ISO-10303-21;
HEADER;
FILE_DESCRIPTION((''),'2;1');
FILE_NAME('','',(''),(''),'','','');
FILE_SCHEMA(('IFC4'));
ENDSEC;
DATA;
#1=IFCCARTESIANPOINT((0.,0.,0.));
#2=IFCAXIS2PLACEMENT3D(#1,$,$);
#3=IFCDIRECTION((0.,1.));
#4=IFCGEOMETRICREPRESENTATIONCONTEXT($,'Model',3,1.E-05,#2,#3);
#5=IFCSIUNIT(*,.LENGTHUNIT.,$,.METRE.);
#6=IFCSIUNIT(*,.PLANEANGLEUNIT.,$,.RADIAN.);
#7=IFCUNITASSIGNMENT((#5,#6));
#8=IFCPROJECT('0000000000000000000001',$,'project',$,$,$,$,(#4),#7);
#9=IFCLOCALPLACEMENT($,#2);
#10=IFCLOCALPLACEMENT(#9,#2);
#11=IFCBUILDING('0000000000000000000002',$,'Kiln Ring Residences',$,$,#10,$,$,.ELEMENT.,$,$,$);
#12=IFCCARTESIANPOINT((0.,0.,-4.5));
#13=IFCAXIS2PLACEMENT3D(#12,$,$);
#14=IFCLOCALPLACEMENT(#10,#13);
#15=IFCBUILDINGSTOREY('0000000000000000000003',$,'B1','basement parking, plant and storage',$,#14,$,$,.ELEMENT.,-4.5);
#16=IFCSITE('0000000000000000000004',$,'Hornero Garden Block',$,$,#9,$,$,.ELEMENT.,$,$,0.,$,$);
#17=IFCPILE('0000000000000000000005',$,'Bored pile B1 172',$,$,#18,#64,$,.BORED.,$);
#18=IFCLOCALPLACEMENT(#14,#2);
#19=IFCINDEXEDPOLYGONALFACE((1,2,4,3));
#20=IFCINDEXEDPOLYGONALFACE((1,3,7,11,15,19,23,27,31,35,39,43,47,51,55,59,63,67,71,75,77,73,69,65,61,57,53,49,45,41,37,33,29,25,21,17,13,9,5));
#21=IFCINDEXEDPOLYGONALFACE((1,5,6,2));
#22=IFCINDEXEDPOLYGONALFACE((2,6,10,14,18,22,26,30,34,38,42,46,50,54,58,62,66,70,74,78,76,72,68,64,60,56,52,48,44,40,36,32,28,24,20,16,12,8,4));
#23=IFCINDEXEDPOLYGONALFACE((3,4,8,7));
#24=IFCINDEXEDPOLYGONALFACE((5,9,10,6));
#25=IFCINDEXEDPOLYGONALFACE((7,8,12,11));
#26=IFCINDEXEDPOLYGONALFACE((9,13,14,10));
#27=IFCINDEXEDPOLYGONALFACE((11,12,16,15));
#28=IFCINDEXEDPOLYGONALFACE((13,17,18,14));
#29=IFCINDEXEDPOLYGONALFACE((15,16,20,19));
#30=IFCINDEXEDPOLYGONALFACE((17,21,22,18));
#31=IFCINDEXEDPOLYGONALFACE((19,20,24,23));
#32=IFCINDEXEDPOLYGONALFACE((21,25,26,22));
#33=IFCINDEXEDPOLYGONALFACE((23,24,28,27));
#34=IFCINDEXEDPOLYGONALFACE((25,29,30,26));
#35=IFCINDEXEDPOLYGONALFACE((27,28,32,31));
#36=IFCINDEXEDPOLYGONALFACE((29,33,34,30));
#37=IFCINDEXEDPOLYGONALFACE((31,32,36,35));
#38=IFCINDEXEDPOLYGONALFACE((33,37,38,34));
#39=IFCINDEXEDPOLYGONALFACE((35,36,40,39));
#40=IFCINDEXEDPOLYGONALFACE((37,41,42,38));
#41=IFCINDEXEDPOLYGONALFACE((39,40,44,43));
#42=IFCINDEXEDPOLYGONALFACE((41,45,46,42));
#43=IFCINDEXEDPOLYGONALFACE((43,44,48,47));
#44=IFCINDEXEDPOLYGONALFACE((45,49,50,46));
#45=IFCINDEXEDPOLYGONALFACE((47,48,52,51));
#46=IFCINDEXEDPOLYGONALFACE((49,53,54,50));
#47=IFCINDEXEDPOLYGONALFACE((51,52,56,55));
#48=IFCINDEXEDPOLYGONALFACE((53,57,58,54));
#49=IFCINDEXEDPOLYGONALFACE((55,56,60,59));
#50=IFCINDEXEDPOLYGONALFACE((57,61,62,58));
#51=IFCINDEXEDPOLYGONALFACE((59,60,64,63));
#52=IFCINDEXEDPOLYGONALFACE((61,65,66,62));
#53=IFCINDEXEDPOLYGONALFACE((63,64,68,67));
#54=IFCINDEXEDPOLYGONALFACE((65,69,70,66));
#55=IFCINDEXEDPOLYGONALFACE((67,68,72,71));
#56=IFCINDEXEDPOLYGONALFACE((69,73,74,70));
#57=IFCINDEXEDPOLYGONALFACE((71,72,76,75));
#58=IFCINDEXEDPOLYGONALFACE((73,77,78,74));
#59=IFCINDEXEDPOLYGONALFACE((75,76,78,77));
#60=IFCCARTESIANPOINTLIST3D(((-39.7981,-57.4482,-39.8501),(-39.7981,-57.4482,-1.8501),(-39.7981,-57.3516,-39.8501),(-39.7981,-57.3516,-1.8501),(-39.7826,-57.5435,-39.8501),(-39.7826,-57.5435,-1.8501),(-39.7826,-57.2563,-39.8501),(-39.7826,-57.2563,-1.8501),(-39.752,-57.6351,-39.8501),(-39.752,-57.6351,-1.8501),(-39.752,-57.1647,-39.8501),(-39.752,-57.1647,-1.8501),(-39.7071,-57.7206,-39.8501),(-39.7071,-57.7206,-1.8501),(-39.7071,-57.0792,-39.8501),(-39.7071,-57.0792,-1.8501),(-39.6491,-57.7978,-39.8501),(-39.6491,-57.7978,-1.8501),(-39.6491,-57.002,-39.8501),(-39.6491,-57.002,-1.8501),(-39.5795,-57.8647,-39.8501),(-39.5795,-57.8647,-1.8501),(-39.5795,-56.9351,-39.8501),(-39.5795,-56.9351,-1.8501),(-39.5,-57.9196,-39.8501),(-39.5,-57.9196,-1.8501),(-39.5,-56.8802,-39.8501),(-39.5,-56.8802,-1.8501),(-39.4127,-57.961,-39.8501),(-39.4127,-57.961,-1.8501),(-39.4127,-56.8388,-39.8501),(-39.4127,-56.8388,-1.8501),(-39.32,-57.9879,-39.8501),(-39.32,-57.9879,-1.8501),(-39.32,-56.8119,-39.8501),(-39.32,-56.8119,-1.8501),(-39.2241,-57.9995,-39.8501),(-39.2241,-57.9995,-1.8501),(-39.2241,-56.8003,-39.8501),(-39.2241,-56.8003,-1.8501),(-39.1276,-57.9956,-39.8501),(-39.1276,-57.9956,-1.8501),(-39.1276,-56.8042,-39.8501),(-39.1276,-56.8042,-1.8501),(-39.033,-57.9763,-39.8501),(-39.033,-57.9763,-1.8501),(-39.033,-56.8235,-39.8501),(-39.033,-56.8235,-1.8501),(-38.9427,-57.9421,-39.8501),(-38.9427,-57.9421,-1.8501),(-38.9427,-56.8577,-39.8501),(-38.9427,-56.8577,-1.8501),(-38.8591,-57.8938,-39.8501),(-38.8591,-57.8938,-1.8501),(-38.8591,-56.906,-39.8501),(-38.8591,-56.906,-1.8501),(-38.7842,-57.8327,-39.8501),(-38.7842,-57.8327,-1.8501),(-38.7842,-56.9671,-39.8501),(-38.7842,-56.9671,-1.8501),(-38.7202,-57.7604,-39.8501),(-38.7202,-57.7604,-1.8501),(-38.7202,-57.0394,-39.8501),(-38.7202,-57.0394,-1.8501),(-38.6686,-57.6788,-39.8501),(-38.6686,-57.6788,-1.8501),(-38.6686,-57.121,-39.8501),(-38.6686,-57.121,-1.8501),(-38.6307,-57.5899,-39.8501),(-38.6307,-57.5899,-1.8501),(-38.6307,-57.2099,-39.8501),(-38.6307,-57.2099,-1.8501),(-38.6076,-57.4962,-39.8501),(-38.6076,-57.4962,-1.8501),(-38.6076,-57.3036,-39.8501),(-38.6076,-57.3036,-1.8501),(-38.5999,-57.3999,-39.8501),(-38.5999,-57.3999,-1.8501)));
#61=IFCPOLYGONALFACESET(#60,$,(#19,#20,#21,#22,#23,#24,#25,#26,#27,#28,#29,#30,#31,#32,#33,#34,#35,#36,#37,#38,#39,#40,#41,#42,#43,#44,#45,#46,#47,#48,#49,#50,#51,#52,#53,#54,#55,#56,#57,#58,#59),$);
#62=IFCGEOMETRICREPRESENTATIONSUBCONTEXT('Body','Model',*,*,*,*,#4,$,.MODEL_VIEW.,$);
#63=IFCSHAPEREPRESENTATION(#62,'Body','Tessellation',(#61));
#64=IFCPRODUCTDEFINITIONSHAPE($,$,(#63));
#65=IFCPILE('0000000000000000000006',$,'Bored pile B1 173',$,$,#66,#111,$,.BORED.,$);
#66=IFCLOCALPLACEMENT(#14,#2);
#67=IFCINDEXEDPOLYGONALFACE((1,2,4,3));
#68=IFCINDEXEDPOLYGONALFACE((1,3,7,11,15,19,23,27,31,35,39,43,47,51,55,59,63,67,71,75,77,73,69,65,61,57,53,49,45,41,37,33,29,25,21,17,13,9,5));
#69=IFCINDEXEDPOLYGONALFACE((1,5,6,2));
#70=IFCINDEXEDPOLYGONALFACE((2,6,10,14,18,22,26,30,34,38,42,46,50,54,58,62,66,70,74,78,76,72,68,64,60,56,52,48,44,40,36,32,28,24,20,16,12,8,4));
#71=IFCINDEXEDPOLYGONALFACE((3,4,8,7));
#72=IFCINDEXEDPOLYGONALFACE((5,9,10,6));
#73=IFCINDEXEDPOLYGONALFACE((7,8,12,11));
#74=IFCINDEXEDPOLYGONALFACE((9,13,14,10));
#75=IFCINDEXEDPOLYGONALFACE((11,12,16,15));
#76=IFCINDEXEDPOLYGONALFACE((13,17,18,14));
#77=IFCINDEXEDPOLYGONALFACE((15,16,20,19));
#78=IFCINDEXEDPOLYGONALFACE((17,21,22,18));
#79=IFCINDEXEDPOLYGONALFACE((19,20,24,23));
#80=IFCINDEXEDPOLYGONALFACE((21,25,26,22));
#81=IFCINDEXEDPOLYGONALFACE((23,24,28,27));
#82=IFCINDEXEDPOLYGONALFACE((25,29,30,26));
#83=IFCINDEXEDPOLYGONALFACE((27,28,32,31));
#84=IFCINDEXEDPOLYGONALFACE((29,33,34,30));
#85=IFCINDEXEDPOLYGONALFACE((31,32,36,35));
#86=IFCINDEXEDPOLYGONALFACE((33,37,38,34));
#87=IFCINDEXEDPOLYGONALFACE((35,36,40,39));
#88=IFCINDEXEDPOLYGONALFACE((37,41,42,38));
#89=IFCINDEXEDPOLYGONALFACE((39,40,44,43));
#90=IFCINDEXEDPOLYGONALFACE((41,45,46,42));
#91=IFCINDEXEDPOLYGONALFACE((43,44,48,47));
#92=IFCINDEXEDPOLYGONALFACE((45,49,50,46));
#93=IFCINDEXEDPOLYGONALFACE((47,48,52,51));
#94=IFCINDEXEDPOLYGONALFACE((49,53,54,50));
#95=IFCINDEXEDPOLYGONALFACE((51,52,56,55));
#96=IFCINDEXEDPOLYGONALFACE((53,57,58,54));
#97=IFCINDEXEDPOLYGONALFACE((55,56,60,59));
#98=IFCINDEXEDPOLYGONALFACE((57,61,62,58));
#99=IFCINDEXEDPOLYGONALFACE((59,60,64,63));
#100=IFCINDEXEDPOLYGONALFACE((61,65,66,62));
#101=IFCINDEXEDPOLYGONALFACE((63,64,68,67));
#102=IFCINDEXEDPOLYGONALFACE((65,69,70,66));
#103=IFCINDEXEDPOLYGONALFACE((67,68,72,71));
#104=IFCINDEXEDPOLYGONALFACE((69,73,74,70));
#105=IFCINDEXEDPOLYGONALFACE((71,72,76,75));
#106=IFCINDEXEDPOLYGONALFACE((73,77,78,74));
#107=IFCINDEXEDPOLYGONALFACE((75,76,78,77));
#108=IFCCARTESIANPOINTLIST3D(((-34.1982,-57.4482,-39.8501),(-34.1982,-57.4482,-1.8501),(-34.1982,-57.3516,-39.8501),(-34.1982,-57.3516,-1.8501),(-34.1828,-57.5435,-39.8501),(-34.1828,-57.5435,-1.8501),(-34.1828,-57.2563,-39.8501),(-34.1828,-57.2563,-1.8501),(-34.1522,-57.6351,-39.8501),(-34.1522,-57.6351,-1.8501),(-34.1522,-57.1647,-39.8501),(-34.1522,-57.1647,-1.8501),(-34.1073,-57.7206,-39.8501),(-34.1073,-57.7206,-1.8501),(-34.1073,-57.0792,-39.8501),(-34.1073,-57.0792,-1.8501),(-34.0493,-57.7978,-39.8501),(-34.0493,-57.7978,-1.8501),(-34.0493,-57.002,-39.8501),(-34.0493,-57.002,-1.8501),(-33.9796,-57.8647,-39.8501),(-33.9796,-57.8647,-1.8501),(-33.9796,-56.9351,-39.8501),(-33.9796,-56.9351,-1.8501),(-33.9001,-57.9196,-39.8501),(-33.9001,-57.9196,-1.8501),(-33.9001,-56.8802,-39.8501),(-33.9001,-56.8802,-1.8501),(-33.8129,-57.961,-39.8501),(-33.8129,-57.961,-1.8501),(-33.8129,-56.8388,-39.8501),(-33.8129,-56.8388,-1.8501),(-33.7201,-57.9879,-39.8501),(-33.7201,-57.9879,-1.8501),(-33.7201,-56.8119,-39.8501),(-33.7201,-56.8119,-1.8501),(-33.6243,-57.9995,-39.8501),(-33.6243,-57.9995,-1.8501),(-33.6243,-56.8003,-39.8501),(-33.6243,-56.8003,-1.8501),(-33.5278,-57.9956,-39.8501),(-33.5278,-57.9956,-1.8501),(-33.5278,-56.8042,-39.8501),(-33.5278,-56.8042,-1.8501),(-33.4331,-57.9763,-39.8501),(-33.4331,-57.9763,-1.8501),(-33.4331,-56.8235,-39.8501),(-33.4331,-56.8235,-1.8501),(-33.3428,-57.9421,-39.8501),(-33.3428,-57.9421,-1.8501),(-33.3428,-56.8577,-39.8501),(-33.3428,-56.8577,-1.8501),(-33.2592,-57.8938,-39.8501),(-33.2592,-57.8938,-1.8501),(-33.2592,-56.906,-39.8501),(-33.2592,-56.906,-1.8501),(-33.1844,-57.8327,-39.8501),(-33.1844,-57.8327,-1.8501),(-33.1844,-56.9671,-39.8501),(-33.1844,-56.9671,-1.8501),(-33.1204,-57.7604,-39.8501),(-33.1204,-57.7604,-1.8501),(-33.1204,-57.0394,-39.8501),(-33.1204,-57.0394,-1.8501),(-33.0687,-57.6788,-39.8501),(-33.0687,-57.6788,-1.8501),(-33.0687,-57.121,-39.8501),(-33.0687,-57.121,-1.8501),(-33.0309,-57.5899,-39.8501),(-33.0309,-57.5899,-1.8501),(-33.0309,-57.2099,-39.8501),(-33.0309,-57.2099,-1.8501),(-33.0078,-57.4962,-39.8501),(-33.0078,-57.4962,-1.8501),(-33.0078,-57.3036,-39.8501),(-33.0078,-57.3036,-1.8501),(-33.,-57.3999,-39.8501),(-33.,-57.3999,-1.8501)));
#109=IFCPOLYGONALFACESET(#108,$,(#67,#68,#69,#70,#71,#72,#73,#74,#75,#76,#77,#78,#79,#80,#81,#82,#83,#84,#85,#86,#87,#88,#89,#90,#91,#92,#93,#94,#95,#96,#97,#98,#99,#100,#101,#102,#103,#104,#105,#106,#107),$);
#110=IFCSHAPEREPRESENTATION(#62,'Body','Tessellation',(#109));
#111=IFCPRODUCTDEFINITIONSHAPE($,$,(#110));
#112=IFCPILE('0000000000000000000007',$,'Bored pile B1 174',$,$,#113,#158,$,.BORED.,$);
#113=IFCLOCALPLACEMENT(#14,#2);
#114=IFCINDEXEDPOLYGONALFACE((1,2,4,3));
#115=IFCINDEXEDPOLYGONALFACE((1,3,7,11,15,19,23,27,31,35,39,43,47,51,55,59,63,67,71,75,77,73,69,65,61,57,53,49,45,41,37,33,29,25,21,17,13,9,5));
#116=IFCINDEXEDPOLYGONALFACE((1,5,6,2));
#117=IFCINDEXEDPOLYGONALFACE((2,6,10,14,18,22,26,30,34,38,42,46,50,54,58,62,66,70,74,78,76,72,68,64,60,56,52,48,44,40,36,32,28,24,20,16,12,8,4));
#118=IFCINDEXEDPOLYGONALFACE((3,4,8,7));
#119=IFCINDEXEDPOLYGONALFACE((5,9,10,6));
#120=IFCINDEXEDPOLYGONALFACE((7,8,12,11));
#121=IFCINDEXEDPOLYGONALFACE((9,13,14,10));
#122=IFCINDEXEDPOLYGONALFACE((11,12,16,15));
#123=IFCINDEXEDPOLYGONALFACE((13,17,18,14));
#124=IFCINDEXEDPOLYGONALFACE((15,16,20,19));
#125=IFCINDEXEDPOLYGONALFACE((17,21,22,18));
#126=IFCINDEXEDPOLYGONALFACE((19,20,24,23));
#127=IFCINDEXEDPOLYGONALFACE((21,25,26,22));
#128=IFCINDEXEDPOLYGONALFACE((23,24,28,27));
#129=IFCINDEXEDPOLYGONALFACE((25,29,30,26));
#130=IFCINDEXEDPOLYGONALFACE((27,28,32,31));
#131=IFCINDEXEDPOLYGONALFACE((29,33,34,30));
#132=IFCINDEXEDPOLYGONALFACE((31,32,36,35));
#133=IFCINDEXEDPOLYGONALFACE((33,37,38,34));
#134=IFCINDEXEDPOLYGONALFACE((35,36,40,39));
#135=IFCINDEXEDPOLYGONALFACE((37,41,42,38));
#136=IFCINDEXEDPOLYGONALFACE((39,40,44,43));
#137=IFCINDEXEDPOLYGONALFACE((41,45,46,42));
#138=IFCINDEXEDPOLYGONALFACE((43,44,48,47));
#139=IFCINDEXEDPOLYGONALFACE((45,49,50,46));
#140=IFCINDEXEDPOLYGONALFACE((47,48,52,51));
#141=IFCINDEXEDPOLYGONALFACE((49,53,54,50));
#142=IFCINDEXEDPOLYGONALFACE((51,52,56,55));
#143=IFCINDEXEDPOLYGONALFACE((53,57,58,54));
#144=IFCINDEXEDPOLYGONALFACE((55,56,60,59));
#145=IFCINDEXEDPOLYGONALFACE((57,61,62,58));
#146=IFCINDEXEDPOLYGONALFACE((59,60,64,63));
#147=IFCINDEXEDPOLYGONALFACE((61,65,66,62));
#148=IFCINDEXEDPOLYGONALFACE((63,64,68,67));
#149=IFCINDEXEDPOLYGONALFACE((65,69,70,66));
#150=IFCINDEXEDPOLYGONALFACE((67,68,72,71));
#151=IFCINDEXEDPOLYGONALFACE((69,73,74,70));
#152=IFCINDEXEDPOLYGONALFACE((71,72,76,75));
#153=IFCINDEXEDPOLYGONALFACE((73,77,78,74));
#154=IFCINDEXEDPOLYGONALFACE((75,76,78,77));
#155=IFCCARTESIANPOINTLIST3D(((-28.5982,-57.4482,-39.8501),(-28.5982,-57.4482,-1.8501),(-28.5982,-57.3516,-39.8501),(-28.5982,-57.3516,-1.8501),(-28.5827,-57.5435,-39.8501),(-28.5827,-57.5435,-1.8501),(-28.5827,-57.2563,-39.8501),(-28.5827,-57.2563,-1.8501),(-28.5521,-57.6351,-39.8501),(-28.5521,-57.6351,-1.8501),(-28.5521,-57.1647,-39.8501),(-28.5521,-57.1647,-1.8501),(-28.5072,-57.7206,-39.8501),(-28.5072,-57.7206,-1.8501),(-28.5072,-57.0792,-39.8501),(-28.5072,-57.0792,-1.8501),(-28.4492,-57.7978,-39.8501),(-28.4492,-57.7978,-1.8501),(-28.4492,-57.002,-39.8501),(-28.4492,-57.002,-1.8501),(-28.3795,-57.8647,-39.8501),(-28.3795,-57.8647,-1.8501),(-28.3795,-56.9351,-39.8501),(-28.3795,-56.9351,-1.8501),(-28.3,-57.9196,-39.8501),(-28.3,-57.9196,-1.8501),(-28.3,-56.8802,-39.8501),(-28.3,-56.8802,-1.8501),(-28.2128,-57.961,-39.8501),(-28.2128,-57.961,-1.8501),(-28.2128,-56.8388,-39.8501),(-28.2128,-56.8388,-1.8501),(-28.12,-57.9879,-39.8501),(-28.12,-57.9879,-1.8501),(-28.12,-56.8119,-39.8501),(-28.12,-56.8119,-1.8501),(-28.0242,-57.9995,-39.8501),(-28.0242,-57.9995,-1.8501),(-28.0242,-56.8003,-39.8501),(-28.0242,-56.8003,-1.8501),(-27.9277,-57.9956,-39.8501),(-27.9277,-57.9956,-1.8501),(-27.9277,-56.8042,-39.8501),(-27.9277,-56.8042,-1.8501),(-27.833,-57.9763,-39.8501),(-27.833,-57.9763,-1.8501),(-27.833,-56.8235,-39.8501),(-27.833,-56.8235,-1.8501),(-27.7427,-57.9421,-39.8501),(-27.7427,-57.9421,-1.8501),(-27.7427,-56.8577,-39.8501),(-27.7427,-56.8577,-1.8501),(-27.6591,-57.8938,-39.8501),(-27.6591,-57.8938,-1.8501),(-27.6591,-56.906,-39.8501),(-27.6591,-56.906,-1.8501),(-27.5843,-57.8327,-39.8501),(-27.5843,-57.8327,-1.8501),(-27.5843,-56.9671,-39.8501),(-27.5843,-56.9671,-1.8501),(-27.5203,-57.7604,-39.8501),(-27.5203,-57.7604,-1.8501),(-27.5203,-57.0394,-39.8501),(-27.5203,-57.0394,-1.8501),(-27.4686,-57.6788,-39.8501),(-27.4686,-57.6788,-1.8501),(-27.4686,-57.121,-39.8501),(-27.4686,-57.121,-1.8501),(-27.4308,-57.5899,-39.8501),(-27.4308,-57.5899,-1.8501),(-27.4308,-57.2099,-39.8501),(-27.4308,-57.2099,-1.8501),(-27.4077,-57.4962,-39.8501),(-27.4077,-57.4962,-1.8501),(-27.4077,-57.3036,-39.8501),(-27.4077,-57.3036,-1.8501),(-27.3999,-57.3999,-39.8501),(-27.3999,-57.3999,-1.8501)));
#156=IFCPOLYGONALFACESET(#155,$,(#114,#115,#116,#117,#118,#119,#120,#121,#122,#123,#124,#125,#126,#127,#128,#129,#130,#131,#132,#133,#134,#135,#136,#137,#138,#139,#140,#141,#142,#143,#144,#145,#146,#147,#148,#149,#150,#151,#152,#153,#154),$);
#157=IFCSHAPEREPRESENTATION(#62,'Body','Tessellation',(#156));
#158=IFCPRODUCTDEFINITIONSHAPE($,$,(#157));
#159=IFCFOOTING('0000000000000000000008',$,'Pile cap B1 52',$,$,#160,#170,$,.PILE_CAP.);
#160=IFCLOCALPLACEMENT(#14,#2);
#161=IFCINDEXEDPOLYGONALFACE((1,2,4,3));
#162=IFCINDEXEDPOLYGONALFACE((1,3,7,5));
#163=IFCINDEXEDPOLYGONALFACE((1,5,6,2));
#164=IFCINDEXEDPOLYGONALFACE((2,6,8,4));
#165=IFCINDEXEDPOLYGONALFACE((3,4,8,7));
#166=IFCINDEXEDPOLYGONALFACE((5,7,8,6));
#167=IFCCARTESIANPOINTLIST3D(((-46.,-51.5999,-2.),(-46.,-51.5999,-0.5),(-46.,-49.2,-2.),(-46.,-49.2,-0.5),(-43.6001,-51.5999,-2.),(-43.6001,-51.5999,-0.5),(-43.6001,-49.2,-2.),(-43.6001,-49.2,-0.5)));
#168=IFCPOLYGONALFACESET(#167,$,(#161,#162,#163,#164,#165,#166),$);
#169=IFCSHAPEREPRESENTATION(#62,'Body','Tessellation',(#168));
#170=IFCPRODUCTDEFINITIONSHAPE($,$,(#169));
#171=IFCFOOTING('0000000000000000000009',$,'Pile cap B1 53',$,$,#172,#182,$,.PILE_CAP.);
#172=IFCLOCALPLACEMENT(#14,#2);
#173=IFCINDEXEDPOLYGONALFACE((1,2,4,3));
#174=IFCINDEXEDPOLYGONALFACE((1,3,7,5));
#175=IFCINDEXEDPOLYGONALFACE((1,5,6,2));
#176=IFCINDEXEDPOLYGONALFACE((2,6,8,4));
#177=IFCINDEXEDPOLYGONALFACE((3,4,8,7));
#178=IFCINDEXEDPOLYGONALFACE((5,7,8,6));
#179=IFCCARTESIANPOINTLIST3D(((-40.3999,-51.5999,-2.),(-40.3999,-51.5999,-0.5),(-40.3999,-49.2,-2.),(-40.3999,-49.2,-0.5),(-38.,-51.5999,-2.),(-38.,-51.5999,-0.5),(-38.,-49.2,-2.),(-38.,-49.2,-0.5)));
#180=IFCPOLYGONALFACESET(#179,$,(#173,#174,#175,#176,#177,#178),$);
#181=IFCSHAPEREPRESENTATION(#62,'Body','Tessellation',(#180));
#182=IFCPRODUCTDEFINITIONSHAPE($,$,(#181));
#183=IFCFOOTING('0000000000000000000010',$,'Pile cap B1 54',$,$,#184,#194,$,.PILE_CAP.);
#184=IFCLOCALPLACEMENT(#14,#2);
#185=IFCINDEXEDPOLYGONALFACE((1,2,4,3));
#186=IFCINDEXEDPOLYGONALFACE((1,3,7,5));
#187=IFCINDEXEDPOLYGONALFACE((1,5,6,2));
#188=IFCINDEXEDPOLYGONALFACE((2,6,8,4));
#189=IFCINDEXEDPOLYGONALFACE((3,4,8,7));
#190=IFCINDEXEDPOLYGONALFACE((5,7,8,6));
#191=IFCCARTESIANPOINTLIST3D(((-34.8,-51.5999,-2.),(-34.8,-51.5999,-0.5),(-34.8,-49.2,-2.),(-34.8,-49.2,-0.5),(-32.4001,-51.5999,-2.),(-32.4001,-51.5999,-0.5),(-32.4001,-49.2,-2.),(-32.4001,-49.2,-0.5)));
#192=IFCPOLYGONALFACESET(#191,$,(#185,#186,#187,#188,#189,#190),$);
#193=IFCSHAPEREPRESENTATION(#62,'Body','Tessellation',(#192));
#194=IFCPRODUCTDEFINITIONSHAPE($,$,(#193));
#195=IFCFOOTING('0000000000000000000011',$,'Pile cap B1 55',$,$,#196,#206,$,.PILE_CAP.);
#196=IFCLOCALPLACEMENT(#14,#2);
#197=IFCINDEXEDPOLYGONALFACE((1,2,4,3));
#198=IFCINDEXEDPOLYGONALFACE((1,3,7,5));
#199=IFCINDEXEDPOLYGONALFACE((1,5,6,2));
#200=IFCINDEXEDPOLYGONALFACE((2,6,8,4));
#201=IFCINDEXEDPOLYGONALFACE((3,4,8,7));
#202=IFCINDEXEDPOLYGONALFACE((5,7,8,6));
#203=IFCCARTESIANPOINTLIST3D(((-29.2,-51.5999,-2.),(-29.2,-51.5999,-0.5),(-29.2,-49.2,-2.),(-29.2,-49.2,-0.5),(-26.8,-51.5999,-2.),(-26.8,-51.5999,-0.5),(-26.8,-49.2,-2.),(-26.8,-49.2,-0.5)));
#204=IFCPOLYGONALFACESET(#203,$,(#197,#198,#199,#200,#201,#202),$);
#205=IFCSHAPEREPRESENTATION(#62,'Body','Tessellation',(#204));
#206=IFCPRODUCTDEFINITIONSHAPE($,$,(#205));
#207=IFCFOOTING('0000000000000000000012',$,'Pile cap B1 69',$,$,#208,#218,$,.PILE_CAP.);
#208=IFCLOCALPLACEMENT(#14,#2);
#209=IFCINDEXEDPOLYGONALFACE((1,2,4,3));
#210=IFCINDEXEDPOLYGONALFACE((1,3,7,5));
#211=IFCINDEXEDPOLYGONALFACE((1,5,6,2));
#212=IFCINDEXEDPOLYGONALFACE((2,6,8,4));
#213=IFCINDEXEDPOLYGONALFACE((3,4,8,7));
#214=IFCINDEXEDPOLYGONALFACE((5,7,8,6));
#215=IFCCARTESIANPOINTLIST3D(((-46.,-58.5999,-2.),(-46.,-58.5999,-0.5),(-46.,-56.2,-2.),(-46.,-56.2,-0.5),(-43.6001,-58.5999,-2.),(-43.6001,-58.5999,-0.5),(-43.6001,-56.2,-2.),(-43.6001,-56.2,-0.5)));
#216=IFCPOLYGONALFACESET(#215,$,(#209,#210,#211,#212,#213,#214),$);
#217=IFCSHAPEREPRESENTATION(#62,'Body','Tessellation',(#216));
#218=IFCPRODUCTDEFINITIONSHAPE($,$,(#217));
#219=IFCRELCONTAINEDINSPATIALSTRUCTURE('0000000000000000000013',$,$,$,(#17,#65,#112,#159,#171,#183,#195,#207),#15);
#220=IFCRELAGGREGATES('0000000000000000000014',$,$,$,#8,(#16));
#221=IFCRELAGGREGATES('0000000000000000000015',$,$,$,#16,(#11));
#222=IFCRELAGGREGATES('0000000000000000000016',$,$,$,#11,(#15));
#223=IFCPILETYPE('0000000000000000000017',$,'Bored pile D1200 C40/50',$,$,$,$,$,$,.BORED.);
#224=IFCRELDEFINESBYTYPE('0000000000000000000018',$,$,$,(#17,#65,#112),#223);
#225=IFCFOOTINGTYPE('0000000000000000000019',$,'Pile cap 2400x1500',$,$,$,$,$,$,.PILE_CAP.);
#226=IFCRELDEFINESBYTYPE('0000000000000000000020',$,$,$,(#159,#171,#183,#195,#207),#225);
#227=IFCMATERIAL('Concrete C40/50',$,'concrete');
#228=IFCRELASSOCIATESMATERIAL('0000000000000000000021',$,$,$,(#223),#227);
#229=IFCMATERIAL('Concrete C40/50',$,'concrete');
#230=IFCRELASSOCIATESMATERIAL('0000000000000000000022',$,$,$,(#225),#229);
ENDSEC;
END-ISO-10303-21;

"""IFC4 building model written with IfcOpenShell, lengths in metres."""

from ifc_helpers import new_model, si_unit, direction, frame, origin, origin_2d, place, context, subcontext, project, spatial, rectangle, circle, extrude, material, material_profile, profile_set, type_object, element, save


model = new_model("IFC4")

# Units and contexts
model_context = context("Model", 3, precision=1e-05, world=origin(), true_north=direction((0.0, 1.0)))
body_context = subcontext(model_context, "Body", "Model", "MODEL_VIEW")
ifc_project = project(units=[si_unit("LENGTHUNIT", "METRE"), si_unit("PLANEANGLEUNIT", "RADIAN")], contexts=[model_context])

# Site, building, storey
site_placement = place(None, origin())
site = spatial("IfcSite", under=ifc_project, at=site_placement, Name="Hornero Garden Block", CompositionType="ELEMENT", RefElevation=0.0)
building_placement = place(site_placement, origin())
building = spatial("IfcBuilding", under=site, at=building_placement, Name="Kiln Ring Residences", CompositionType="ELEMENT")
storey_placement = place(building_placement, frame((0.0, 0.0, -4.5)))
storey = spatial("IfcBuildingStorey", under=building, at=storey_placement, Name="B1", Description="basement parking, plant and storage", CompositionType="ELEMENT", Elevation=-4.5)

# Piles
ifc_material_1 = material(Name="Concrete C40/50", Category="concrete")
ifc_material_profile_1 = material_profile(ifc_material_1, circle(Radius=0.6001, at=origin_2d()), Name="BORED1200")
ifc_profile_set_1 = profile_set([ifc_material_profile_1], Name="Concrete C40/50")
pile_type = type_object("IfcPileType", Name="Bored pile D1200 C40/50", PredefinedType="BORED", material=ifc_profile_set_1)
for number, where, z_axis, x_axis, name in (
    (1, (-39.2, -57.3999, -1.8501), (0.0, 0.0, -1.0), (1.0, 0.0, 0.0), "Bored pile B1 172"),
    (2, (-33.6001, -57.3999, -1.8501), (0.0, 0.0, -1.0), (1.0, 0.0, 0.0), "Bored pile B1 173"),
    (3, (-28.0, -57.3999, -1.8501), (0.0, 0.0, -1.0), (1.0, 0.0, 0.0), "Bored pile B1 174"),
):
    element("IfcPile", number, at=place(storey_placement, frame(where, z_axis=z_axis, x_axis=x_axis)), inside=storey, type_object=pile_type, Name=name, PredefinedType="BORED", context=body_context, shape_type="SweptSolid", body=[
        extrude(circle(Radius=0.6001, at=origin_2d()), origin(), (0.0, 0.0, 1.0), 38.0),
    ])

# Footings
ifc_material_2 = material(Name="Concrete C40/50", Category="concrete")
footing_type_1 = type_object("IfcFootingType", Name="Pile cap 2400x1500", PredefinedType="PILE_CAP", material=ifc_material_2)
for number, where, z_axis, x_axis, name in (
    (4, (-44.8, -50.3999, -2.0), (0.0, 0.0, 1.0), (1.0, 0.0, 0.0), "Pile cap B1 52"),
    (5, (-39.2, -50.3999, -2.0), (0.0, 0.0, 1.0), (1.0, 0.0, 0.0), "Pile cap B1 53"),
    (6, (-33.6001, -50.3999, -2.0), (0.0, 0.0, 1.0), (1.0, 0.0, 0.0), "Pile cap B1 54"),
    (7, (-28.0, -50.3999, -2.0), (0.0, 0.0, 1.0), (1.0, 0.0, 0.0), "Pile cap B1 55"),
    (8, (-44.8, -57.3999, -2.0), (0.0, 0.0, 1.0), (1.0, 0.0, 0.0), "Pile cap B1 69"),
):
    element("IfcFooting", number, at=place(storey_placement, frame(where, z_axis=z_axis, x_axis=x_axis)), inside=storey, type_object=footing_type_1, Name=name, PredefinedType="PILE_CAP", context=body_context, shape_type="SweptSolid", body=[
        extrude(rectangle(XDim=2.3999, YDim=2.3999, at=origin_2d()), origin(), (0.0, 0.0, 1.0), 1.5),
    ])

save(model, "model.ifc")
